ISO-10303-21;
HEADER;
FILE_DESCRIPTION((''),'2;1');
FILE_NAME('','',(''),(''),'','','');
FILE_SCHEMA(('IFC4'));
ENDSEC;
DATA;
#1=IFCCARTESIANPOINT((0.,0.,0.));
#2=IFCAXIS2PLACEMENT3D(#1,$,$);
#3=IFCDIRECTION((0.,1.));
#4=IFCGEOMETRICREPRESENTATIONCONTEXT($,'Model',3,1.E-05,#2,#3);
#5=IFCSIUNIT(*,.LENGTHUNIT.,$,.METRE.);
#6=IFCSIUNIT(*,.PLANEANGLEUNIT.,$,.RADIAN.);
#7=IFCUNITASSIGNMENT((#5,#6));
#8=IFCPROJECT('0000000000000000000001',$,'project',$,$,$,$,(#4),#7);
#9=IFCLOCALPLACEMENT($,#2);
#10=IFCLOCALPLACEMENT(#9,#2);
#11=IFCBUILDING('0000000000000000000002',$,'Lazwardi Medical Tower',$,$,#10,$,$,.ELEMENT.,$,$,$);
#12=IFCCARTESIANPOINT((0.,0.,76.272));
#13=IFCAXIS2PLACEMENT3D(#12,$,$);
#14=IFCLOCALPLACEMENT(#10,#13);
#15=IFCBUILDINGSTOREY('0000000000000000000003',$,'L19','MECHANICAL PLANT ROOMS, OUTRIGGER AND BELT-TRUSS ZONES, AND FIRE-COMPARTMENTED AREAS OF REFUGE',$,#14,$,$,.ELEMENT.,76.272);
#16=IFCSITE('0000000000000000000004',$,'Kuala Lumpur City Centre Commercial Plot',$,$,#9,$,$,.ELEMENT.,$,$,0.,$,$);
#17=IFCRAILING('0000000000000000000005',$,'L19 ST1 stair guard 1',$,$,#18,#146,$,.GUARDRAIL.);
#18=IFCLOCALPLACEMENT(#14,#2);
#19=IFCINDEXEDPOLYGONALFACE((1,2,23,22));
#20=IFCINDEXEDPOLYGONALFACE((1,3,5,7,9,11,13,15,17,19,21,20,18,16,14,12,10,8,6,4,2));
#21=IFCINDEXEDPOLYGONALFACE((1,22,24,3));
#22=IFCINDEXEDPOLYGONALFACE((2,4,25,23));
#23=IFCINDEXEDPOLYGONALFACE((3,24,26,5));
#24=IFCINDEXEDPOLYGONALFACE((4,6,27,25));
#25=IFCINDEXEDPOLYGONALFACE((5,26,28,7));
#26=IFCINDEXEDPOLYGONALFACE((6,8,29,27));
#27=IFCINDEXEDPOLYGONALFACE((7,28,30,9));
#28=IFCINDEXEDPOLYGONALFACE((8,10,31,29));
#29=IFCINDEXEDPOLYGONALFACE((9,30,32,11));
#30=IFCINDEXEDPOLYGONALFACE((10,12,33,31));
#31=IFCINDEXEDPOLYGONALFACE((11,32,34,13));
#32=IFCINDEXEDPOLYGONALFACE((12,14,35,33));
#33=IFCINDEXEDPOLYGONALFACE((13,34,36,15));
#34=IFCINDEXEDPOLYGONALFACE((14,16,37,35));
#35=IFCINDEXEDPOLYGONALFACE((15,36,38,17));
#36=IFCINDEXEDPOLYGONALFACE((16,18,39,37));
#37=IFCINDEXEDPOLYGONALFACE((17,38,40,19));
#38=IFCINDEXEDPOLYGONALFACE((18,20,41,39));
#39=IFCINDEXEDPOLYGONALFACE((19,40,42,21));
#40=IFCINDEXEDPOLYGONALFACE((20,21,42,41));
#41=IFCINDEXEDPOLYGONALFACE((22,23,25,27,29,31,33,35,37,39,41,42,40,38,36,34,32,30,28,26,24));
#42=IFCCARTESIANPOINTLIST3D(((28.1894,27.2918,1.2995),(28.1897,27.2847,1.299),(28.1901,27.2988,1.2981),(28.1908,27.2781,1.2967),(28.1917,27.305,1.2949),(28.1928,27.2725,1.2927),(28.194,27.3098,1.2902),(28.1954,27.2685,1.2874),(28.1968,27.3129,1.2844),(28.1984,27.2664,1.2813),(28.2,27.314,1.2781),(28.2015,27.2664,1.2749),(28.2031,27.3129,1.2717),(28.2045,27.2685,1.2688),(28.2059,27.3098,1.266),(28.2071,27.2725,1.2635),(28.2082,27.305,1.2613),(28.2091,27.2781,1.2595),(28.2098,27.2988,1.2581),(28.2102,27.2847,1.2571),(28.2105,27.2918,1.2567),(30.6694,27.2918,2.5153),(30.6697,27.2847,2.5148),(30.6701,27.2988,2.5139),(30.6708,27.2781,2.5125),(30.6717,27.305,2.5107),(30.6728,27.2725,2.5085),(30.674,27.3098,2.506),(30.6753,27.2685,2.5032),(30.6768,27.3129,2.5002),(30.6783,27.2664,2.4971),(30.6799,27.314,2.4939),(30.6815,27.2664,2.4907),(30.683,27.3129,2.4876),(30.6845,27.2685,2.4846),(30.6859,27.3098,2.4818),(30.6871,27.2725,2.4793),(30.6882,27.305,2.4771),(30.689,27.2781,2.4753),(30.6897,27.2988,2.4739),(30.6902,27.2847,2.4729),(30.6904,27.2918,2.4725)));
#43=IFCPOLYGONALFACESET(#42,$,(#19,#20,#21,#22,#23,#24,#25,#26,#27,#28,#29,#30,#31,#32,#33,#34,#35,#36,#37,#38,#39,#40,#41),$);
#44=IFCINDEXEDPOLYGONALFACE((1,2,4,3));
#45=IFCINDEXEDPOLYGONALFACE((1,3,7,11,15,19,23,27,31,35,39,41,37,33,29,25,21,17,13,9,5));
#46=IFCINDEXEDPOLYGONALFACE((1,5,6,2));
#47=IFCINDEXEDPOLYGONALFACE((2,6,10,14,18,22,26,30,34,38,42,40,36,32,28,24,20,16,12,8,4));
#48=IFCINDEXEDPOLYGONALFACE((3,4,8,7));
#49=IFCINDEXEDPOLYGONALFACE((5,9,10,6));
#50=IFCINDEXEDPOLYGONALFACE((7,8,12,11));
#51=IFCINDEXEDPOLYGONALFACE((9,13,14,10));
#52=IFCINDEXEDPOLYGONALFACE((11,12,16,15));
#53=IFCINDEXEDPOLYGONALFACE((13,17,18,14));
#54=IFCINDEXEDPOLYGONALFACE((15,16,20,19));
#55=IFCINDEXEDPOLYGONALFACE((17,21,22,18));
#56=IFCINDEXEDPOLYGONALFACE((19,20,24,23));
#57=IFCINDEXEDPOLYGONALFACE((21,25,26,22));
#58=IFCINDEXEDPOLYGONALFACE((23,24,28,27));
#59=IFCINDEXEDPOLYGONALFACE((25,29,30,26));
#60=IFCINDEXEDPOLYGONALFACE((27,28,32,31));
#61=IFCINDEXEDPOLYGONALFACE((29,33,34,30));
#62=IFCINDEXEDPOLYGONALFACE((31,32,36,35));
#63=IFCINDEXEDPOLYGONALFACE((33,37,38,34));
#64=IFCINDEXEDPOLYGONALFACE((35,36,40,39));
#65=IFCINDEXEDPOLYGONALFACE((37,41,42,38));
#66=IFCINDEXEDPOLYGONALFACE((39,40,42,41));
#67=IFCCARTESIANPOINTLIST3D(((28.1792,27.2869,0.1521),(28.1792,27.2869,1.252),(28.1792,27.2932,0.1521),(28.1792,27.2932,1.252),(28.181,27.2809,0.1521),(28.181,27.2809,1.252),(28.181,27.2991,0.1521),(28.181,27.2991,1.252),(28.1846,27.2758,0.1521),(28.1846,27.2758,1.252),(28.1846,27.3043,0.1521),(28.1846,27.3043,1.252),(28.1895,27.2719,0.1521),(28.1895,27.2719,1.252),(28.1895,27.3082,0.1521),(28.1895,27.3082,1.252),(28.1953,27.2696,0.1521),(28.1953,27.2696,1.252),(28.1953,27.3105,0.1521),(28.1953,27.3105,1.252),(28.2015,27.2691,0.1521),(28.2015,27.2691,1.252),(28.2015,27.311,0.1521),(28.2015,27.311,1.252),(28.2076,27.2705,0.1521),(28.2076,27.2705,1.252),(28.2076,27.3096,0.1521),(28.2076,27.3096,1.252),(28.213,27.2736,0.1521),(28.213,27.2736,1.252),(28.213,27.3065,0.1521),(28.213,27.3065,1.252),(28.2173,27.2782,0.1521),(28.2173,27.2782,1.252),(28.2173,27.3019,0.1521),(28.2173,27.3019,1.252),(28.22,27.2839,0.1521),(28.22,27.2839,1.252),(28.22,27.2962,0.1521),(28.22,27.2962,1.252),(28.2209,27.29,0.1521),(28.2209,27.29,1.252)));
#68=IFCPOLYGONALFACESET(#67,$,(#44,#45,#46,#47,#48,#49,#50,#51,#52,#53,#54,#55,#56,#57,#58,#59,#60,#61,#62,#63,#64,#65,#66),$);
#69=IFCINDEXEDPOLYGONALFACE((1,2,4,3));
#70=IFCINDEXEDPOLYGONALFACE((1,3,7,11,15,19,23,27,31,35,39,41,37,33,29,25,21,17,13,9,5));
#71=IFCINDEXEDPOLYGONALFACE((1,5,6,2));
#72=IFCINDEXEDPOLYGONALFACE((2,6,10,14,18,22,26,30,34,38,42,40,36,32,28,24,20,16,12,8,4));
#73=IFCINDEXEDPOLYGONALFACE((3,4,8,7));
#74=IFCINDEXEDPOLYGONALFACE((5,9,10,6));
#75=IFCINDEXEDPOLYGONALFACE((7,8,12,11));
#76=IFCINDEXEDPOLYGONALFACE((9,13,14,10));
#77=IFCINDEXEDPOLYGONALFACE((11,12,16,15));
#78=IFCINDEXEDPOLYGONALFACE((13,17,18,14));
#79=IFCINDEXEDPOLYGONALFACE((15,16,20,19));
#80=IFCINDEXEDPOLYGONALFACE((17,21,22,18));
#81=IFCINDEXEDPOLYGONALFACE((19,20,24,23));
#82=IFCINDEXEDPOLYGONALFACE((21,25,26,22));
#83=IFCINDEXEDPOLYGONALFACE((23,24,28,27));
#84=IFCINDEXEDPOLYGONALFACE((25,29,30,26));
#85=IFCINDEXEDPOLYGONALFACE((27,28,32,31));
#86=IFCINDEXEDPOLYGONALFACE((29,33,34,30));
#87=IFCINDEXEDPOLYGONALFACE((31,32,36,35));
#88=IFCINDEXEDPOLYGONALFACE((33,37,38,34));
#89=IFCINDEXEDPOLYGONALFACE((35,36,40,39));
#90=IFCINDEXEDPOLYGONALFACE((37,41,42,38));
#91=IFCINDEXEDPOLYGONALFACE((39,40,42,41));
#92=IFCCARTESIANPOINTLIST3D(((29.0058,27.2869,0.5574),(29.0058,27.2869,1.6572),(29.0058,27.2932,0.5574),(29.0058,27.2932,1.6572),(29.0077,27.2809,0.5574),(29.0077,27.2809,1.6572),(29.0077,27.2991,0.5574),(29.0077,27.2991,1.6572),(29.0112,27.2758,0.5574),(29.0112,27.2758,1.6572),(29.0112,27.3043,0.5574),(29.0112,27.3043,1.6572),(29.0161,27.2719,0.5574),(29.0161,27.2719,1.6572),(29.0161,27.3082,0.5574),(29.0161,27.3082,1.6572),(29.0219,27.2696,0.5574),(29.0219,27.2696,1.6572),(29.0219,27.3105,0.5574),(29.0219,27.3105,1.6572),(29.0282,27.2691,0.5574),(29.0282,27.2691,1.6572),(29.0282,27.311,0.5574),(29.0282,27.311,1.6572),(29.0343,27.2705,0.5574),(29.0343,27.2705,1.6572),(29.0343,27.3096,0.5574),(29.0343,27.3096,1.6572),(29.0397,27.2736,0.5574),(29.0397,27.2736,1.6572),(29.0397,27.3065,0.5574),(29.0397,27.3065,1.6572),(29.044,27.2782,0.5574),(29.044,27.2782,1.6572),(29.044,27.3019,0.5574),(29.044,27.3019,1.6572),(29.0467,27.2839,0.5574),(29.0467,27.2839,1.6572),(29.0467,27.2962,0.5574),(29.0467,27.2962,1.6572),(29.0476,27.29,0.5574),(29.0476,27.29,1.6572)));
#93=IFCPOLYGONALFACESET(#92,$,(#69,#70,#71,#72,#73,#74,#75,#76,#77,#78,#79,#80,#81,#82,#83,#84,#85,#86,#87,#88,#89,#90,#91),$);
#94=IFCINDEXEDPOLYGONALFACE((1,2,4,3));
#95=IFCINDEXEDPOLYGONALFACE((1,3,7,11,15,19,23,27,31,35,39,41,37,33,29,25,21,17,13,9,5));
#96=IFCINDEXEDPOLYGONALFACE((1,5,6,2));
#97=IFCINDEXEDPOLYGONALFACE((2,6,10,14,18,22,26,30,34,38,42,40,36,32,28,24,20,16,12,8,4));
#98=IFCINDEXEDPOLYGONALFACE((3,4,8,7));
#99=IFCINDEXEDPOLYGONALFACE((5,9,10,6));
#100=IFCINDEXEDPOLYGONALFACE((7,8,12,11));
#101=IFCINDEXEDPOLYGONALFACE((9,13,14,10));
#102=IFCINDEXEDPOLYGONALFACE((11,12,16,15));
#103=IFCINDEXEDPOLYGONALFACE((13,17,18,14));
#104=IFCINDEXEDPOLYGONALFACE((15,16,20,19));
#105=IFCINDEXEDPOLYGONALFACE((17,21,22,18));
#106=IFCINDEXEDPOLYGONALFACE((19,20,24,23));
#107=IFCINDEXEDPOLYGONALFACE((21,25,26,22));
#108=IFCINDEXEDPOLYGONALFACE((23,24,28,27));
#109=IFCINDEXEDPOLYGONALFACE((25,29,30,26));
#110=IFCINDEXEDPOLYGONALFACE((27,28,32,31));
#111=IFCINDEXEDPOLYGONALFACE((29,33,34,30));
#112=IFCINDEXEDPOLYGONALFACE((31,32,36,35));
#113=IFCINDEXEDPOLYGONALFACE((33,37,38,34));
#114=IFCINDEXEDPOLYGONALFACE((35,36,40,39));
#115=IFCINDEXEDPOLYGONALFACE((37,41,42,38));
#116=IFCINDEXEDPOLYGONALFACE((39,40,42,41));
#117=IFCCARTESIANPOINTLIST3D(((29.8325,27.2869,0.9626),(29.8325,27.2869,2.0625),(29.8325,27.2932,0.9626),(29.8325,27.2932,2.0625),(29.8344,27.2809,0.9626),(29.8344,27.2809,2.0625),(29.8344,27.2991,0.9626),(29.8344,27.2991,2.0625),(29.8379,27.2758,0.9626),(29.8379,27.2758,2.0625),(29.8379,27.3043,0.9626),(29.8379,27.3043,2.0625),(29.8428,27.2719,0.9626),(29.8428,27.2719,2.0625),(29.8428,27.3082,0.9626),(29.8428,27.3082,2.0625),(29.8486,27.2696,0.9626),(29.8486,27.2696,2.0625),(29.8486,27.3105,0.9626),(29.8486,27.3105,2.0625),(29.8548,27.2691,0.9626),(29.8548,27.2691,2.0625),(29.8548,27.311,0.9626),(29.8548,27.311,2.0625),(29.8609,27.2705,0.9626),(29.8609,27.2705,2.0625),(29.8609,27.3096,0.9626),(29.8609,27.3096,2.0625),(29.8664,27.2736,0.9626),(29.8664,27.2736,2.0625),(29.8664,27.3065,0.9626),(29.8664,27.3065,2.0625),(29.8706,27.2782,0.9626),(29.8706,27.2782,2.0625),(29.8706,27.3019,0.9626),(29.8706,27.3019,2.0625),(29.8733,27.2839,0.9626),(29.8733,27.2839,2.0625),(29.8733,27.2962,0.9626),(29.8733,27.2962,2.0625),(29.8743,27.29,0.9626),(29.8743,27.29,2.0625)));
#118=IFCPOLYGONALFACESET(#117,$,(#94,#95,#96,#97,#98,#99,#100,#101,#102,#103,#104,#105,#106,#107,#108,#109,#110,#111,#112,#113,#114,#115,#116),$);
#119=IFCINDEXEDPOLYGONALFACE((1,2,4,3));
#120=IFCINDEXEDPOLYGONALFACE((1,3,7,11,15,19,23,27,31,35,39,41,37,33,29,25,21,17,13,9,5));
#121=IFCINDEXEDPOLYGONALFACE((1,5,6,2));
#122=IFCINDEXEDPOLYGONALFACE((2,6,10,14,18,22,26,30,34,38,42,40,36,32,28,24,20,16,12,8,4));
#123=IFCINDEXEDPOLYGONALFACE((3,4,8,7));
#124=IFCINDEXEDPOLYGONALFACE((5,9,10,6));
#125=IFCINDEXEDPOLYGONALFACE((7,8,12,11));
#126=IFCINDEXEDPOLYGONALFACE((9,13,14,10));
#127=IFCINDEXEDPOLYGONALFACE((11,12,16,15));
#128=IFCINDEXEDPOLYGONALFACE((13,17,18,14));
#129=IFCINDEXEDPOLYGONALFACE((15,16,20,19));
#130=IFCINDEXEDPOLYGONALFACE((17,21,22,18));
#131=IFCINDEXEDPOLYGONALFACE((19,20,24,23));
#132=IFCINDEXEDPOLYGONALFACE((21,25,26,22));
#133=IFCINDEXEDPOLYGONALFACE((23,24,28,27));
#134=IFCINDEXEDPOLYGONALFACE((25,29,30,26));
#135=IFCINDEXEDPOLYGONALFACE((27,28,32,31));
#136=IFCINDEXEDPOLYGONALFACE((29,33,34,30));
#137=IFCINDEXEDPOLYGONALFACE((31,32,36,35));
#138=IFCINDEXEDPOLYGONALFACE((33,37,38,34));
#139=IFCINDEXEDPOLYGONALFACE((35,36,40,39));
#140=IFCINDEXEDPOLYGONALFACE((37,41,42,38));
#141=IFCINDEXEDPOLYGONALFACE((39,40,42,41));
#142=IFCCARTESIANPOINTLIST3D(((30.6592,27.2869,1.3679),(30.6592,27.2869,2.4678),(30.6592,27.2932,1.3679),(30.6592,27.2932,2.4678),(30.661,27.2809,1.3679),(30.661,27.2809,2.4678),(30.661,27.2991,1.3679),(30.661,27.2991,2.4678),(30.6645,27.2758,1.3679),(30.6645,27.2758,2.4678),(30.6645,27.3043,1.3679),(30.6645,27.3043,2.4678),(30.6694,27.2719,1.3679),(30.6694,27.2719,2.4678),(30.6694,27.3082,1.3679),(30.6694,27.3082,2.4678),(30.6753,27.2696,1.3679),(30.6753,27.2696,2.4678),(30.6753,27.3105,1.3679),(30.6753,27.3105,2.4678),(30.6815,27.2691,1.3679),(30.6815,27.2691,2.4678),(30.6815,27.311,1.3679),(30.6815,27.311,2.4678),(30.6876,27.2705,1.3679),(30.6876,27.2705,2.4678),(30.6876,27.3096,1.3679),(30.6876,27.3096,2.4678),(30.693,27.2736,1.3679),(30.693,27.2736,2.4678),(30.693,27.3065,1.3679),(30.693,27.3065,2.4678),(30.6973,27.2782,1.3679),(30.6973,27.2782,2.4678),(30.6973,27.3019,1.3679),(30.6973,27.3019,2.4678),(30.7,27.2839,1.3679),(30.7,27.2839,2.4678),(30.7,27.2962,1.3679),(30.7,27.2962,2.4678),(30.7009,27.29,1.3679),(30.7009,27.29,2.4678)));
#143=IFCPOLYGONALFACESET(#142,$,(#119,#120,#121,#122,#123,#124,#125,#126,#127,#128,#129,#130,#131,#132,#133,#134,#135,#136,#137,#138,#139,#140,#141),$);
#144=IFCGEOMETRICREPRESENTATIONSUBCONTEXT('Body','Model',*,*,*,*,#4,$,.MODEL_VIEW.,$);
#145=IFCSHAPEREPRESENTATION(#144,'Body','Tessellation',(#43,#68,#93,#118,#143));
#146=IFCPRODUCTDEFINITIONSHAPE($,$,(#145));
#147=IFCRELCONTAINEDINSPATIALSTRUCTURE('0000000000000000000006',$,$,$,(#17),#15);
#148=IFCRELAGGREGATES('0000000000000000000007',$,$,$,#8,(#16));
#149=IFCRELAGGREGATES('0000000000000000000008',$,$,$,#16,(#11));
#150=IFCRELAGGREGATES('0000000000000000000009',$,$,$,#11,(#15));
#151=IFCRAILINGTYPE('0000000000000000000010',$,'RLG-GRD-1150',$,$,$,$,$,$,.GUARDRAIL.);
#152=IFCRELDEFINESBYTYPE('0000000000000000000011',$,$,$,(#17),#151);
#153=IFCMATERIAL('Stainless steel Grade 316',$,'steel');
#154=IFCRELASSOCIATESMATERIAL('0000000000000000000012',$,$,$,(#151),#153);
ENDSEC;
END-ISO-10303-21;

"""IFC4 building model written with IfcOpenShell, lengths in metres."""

from ifc_helpers import new_model, si_unit, direction, frame, origin, origin_2d, place, context, subcontext, project, spatial, circle, extrude, material, type_object, element, save


model = new_model("IFC4")

# Units and contexts
model_context = context("Model", 3, precision=1e-05, world=origin(), true_north=direction((0.0, 1.0)))
body_context = subcontext(model_context, "Body", "Model", "MODEL_VIEW")
ifc_project = project(units=[si_unit("LENGTHUNIT", "METRE"), si_unit("PLANEANGLEUNIT", "RADIAN")], contexts=[model_context])

# Site, building, storey
site_placement = place(None, origin())
site = spatial("IfcSite", under=ifc_project, at=site_placement, Name="Kuala Lumpur City Centre Commercial Plot", CompositionType="ELEMENT", RefElevation=0.0)
building_placement = place(site_placement, origin())
building = spatial("IfcBuilding", under=site, at=building_placement, Name="Lazwardi Medical Tower", CompositionType="ELEMENT")
storey_placement = place(building_placement, frame((0.0, 0.0, 76.272)))
storey = spatial("IfcBuildingStorey", under=building, at=storey_placement, Name="L19", Description="MECHANICAL PLANT ROOMS, OUTRIGGER AND BELT-TRUSS ZONES, AND FIRE-COMPARTMENTED AREAS OF REFUGE", CompositionType="ELEMENT", Elevation=76.272)

# Railing
ifc_material_1 = material(Name="Stainless steel Grade 316", Category="steel")
railing_type_1 = type_object("IfcRailingType", Name="RLG-GRD-1150", PredefinedType="GUARDRAIL", material=ifc_material_1)
railing_1_placement = place(storey_placement, frame((28.2, 27.29, 0.1521)))
element("IfcRailing", 1, at=railing_1_placement, inside=storey, type_object=railing_type_1, Name="L19 ST1 stair guard 1", PredefinedType="GUARDRAIL", context=body_context, shape_type="SweptSolid", body=[
    extrude(circle(Radius=0.0239, at=origin_2d()), frame((0.0, 0.0, 1.126), z_axis=(0.8979, 0.0, 0.440199), x_axis=(0.0, 1.0, 0.0)), (0.0, 0.0, 1.0), 2.762),
    extrude(circle(Radius=0.021, at=origin_2d()), origin(), (0.0, 0.0, 1.0), 1.0999),
    extrude(circle(Radius=0.021, at=origin_2d()), frame((0.8267, 0.0, 0.4053)), (0.0, 0.0, 1.0), 1.0999),
    extrude(circle(Radius=0.021, at=origin_2d()), frame((1.6533, 0.0, 0.8105)), (0.0, 0.0, 1.0), 1.0999),
    extrude(circle(Radius=0.021, at=origin_2d()), frame((2.48, 0.0, 1.2158)), (0.0, 0.0, 1.0), 1.0999),
])

save(model, "model.ifc")
